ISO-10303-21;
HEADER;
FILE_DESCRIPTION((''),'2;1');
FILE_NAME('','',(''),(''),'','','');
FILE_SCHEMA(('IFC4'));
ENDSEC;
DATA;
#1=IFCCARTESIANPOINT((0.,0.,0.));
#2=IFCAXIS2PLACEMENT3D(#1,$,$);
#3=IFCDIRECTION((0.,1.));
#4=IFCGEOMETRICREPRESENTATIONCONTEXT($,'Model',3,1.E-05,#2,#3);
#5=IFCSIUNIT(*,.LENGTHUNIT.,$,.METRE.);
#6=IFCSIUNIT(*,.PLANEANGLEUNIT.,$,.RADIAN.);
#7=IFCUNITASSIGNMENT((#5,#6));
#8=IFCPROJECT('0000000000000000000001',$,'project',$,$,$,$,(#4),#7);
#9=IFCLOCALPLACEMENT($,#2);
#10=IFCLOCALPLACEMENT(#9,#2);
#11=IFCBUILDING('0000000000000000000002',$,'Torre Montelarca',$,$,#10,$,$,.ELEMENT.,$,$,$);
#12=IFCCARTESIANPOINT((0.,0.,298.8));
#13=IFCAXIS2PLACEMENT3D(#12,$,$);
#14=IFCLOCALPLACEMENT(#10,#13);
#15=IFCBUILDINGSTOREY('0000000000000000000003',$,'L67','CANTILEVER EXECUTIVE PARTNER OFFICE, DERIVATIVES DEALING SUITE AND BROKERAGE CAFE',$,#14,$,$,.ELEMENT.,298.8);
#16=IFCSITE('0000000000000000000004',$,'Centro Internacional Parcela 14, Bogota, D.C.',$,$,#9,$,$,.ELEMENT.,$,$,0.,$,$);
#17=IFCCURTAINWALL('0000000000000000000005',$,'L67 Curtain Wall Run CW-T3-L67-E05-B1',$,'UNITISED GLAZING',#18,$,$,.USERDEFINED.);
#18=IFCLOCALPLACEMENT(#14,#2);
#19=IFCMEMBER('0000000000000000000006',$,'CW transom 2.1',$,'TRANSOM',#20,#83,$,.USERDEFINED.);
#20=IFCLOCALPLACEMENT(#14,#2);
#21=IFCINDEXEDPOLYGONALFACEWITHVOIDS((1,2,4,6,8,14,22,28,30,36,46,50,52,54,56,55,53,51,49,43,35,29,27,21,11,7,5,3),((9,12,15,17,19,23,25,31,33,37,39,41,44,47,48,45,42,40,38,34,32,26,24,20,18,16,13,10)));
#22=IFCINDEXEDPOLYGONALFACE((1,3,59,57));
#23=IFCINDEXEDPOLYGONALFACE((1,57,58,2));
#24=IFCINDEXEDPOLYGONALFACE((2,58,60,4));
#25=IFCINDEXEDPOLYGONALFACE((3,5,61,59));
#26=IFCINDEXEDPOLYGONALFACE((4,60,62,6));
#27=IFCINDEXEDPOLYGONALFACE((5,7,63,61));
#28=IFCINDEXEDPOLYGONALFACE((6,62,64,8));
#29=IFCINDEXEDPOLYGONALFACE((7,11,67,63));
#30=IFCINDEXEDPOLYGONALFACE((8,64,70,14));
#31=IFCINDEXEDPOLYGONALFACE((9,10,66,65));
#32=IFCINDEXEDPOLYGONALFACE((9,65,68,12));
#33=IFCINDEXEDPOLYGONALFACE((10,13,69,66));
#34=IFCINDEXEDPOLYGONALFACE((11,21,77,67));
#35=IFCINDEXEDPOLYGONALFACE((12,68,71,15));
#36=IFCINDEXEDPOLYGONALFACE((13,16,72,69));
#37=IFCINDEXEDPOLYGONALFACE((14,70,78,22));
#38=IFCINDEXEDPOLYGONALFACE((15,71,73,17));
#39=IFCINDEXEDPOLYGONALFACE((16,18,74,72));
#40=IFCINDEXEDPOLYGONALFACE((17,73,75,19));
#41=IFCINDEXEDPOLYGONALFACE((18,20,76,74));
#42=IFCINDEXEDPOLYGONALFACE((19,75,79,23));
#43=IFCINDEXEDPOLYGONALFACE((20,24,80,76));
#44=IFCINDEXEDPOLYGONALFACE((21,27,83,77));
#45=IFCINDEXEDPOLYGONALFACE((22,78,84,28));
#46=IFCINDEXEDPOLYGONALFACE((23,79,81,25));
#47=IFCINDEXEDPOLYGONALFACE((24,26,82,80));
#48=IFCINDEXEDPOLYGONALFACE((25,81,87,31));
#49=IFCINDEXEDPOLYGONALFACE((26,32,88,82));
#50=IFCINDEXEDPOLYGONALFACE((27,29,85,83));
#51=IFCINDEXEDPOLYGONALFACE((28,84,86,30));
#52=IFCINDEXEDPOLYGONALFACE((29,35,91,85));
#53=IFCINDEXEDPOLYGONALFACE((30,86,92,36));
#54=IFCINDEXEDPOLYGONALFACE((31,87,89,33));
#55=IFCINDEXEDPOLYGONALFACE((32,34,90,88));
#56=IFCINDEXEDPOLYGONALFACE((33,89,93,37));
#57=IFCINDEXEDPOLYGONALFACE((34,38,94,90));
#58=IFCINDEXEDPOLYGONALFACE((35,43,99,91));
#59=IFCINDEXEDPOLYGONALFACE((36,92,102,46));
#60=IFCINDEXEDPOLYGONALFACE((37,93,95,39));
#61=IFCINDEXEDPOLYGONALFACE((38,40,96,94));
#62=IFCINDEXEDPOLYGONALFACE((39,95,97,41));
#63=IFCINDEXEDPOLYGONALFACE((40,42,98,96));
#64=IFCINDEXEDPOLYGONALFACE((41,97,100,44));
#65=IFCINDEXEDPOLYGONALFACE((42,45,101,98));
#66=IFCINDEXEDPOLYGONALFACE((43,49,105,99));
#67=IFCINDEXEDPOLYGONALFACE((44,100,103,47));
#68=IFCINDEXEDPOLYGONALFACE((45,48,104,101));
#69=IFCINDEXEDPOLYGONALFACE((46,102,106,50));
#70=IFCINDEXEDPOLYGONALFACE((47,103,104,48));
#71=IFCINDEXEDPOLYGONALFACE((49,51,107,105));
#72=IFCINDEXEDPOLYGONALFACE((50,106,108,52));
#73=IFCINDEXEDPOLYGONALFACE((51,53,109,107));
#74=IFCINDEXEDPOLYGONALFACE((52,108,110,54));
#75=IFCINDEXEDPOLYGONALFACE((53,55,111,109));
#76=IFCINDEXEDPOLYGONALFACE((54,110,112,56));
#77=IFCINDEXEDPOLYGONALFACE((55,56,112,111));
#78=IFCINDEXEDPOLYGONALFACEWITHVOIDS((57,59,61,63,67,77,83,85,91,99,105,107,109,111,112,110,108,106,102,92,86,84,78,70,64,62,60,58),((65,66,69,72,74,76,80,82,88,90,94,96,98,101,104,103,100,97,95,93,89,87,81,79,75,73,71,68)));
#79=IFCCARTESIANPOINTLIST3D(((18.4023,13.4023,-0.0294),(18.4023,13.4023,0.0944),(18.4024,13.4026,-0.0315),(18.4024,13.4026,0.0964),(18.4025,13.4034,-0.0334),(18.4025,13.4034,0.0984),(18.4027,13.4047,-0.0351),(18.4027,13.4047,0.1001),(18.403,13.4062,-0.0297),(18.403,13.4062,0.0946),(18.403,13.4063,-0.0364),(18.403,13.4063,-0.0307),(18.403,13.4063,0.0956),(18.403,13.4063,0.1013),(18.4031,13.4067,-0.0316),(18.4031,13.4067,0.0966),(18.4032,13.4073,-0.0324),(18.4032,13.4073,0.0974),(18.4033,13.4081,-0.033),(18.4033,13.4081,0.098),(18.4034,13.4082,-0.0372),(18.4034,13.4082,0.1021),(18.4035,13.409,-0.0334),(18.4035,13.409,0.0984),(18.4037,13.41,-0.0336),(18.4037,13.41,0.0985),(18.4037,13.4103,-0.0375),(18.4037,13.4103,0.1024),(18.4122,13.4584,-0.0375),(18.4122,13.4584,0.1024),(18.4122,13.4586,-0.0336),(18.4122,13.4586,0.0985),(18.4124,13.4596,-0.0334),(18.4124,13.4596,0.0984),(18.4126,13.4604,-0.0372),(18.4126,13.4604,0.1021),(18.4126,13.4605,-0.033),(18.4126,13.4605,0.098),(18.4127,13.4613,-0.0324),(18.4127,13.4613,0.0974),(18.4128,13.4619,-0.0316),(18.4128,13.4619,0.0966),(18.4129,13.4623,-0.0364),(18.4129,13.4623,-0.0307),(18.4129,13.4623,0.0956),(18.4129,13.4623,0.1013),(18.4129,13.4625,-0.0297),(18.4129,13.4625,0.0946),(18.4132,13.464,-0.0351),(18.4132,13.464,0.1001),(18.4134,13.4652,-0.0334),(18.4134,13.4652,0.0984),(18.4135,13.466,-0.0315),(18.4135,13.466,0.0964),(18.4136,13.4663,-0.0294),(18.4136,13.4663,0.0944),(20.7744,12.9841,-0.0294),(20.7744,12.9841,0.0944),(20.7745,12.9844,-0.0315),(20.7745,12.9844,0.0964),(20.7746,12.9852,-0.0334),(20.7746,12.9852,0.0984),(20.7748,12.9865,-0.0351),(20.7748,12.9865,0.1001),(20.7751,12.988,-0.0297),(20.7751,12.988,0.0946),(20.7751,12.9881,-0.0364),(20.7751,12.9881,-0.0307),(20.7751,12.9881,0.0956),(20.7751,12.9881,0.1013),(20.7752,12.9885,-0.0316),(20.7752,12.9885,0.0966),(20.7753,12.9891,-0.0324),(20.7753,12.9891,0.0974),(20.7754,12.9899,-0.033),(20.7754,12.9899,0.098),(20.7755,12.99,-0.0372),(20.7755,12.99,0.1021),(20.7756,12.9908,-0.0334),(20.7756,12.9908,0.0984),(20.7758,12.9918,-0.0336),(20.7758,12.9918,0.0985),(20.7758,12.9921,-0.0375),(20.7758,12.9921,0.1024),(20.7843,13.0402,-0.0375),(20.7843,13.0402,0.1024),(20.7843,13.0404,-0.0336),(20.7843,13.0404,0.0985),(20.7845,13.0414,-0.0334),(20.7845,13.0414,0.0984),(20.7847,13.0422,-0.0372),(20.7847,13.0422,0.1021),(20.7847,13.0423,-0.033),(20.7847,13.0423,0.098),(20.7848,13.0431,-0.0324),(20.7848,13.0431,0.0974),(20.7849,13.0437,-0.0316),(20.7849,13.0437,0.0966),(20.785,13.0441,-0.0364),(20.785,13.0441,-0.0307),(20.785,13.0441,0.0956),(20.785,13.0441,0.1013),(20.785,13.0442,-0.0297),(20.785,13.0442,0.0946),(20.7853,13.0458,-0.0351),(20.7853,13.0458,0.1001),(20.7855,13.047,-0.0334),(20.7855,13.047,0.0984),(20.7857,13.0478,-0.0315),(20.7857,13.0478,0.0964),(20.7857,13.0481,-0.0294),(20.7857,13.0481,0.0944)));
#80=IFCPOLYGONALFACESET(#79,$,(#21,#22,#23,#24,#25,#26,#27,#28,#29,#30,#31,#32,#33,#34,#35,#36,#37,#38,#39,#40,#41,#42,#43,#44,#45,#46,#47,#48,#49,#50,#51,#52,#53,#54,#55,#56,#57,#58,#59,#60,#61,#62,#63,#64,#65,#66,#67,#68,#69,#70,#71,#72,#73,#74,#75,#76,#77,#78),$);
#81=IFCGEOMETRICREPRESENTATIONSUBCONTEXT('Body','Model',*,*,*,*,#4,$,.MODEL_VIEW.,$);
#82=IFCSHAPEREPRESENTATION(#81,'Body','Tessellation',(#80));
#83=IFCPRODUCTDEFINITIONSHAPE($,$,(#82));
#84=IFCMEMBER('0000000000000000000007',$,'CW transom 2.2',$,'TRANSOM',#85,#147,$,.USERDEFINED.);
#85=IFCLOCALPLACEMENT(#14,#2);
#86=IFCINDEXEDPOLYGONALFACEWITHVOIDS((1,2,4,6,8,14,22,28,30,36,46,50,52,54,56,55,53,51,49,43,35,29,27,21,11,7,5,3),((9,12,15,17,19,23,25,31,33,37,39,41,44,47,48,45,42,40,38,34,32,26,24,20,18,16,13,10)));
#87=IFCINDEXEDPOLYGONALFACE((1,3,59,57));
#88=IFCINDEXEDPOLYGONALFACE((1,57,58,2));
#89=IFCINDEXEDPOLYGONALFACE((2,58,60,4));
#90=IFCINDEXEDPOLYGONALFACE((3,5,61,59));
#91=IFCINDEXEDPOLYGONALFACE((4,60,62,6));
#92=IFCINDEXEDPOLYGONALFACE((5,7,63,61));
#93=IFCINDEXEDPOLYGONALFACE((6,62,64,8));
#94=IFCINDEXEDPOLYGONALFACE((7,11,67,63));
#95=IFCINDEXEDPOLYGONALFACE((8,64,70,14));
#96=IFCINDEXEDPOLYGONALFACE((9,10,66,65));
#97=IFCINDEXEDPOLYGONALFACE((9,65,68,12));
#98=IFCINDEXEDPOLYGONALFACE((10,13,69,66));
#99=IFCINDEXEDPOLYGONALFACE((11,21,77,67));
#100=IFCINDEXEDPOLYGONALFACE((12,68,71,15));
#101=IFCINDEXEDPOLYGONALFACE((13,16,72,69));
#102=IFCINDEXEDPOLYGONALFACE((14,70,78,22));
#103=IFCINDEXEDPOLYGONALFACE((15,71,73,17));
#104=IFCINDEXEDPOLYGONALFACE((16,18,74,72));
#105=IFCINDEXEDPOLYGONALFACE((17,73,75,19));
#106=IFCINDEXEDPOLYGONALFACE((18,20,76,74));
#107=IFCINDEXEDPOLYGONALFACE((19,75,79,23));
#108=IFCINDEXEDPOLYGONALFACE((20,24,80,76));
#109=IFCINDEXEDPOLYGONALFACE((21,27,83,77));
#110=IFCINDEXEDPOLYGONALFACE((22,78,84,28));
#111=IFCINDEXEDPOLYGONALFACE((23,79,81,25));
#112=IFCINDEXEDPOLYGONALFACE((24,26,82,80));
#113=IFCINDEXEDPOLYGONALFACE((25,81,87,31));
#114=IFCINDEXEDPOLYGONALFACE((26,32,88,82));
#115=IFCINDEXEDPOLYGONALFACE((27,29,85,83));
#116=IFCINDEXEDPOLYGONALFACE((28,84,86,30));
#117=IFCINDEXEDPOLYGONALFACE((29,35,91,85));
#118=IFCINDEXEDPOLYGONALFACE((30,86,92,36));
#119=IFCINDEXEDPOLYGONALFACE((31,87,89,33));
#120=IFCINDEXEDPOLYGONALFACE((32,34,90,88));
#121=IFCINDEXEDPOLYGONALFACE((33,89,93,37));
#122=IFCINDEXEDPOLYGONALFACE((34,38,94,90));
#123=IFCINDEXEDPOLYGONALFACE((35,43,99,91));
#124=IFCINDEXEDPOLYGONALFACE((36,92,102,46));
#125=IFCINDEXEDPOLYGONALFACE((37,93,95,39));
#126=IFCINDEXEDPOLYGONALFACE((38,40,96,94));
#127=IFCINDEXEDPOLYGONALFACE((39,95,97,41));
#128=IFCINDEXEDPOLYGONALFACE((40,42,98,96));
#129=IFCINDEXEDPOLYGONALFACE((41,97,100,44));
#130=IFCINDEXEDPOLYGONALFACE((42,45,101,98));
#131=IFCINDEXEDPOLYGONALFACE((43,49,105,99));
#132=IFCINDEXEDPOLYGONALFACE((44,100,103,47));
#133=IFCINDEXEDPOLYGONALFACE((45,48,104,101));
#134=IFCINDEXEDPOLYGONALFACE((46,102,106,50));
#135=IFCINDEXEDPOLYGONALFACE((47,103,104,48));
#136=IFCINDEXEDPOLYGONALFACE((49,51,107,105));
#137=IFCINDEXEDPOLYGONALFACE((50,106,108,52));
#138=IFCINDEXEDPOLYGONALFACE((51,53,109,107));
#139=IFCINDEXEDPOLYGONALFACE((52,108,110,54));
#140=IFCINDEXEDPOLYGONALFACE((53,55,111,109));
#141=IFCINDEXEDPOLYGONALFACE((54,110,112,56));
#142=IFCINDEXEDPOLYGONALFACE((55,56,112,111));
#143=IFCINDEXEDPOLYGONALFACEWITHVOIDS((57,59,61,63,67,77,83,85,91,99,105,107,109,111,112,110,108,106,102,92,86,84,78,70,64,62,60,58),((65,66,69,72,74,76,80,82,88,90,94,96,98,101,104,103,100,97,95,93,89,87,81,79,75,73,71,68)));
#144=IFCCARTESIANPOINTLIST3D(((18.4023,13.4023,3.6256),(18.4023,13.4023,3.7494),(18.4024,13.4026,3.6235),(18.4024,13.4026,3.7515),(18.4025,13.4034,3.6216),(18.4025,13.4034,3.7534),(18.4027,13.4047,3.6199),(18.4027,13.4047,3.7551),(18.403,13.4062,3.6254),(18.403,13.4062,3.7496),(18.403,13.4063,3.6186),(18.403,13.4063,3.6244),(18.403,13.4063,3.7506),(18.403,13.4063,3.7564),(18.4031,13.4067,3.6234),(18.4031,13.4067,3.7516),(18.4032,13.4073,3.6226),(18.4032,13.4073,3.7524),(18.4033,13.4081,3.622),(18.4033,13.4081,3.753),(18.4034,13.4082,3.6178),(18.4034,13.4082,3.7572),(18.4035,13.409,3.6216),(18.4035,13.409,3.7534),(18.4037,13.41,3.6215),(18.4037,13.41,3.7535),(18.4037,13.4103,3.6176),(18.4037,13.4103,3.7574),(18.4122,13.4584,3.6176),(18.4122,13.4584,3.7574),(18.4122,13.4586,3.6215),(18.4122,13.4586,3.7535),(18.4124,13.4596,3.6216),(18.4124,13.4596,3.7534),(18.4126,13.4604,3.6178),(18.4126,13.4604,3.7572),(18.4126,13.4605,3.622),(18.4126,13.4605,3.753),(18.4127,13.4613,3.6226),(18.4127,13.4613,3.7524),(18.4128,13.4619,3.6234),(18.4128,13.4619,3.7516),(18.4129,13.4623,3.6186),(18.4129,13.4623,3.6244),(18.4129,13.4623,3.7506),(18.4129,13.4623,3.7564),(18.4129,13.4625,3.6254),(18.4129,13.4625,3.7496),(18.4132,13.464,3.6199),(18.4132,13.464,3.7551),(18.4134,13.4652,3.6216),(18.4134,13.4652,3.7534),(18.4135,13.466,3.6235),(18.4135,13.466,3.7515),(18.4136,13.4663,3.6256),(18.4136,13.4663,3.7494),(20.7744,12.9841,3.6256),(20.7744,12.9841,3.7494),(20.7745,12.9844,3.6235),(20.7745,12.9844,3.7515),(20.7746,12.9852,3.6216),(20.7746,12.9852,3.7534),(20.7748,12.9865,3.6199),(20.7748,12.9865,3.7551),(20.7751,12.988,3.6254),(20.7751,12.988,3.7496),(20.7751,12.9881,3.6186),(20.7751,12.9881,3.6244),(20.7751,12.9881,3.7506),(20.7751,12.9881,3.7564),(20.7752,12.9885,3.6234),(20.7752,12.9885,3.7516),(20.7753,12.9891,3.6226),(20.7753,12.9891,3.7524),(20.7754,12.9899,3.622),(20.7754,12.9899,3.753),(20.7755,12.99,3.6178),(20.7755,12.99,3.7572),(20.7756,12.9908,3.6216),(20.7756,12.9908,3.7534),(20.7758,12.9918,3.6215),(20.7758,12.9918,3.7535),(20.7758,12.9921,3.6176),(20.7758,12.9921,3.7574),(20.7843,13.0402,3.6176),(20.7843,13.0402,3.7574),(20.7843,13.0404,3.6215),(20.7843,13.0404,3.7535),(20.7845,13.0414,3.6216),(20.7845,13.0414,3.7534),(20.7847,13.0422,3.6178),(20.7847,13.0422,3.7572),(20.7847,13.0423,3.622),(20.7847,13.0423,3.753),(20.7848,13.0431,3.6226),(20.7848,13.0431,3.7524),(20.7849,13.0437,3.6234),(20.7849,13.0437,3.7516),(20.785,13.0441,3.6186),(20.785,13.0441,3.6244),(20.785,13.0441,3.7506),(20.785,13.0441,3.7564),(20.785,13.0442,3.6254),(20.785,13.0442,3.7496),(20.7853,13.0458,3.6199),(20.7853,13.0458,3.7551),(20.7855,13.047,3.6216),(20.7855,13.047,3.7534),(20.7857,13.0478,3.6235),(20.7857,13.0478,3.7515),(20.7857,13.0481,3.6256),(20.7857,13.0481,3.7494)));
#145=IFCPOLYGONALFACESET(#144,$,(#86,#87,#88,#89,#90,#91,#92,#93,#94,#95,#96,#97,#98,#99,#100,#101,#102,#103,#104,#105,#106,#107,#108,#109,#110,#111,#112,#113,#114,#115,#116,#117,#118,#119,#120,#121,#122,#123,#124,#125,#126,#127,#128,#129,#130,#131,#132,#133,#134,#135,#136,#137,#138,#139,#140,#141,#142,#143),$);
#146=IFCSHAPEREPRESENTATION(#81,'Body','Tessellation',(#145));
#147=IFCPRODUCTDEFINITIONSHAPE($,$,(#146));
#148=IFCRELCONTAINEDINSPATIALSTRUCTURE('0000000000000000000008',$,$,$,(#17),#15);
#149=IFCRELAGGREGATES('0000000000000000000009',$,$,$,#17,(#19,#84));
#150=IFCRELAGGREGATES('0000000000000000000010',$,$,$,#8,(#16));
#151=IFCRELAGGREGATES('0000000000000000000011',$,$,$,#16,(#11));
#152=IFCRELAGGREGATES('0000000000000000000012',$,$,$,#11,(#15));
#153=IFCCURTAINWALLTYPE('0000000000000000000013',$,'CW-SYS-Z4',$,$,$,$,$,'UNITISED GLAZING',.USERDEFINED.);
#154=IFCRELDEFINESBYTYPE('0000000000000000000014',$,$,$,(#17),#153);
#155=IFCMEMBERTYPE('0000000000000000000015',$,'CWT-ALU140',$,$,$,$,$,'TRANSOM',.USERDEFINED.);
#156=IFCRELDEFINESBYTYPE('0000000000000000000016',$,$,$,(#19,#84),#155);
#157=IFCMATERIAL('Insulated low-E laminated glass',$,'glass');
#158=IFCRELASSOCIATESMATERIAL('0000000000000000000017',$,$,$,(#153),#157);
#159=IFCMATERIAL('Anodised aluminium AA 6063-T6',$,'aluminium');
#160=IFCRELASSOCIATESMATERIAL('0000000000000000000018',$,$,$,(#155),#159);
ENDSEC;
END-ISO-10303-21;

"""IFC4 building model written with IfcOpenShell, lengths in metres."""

from ifc_helpers import new_model, si_unit, direction, frame, origin, origin_2d, place, context, subcontext, project, spatial, hollow_rectangle, extrude, source, transform, mapped, material, material_profile, profile_set, type_object, element, aggregate, save


model = new_model("IFC4")

# Units and contexts
model_context = context("Model", 3, precision=1e-05, world=origin(), true_north=direction((0.0, 1.0)))
body_context = subcontext(model_context, "Body", "Model", "MODEL_VIEW")
ifc_project = project(units=[si_unit("LENGTHUNIT", "METRE"), si_unit("PLANEANGLEUNIT", "RADIAN")], contexts=[model_context])

# Site, building, storey
site_placement = place(None, origin())
site = spatial("IfcSite", under=ifc_project, at=site_placement, Name="Centro Internacional Parcela 14, Bogota, D.C.", CompositionType="ELEMENT", RefElevation=0.0)
building_placement = place(site_placement, origin())
building = spatial("IfcBuilding", under=site, at=building_placement, Name="Torre Montelarca", CompositionType="ELEMENT")
storey_placement = place(building_placement, frame((0.0, 0.0, 298.8)))
storey = spatial("IfcBuildingStorey", under=building, at=storey_placement, Name="L67", Description="CANTILEVER EXECUTIVE PARTNER OFFICE, DERIVATIVES DEALING SUITE AND BROKERAGE CAFE", CompositionType="ELEMENT", Elevation=298.8)

# Curtain wall
ifc_material_1 = material(Name="Insulated low-E laminated glass", Category="glass")
curtain_wall_type = type_object("IfcCurtainWallType", Name="CW-SYS-Z4", ElementType="UNITISED GLAZING", PredefinedType="USERDEFINED", material=ifc_material_1)
curtain_wall_1_placement = place(storey_placement, origin())
curtain_wall_1 = element("IfcCurtainWall", 1, at=curtain_wall_1_placement, inside=storey, type_object=curtain_wall_type, Name="L67 Curtain Wall Run CW-T3-L67-E05-B1", ObjectType="UNITISED GLAZING", PredefinedType="USERDEFINED")
ifc_material_2 = material(Name="Anodised aluminium AA 6063-T6", Category="aluminium")

# Members
ifc_material_profile_1 = material_profile(ifc_material_2, hollow_rectangle(XDim=0.0649, YDim=0.1399, WallThickness=0.0039, InnerFilletRadius=0.0039, OuterFilletRadius=0.0081, at=origin_2d()), Name="ALU65X140X4", Category="aluminium")
ifc_profile_set_1 = profile_set([ifc_material_profile_1], Name="Anodised aluminium AA 6063-T6")
member_type_1 = type_object("IfcMemberType", Name="CWT-ALU140", ElementType="TRANSOM", PredefinedType="USERDEFINED", material=ifc_profile_set_1)
shared_shape_1 = source(origin(), body_context, "Body", "SweptSolid", [
    extrude(hollow_rectangle(XDim=0.0649, YDim=0.1399, WallThickness=0.0039, InnerFilletRadius=0.0039, OuterFilletRadius=0.0081, at=origin_2d()), origin(), (0.0, 0.0, 1.0), 2.4087),
])
member_1_placement = place(storey_placement, frame((18.408, 13.4343, 0.0325), z_axis=(0.984811, -0.173629, 0.0), x_axis=(0.173629, 0.984811, 0.0)))
member_1 = element("IfcMember", 2, at=member_1_placement, type_object=member_type_1, Name="CW transom 2.1", ObjectType="TRANSOM", PredefinedType="USERDEFINED", context=body_context, shape_type="MappedRepresentation", body=[
    mapped(shared_shape_1, transform((0.0, 0.0, 0.0), scale=1.0)),
])
member_2_placement = place(storey_placement, frame((18.408, 13.4343, 3.6875), z_axis=(0.984811, -0.173629, 0.0), x_axis=(0.173629, 0.984811, 0.0)))
member_2 = element("IfcMember", 3, at=member_2_placement, type_object=member_type_1, Name="CW transom 2.2", ObjectType="TRANSOM", PredefinedType="USERDEFINED", context=body_context, shape_type="MappedRepresentation", body=[
    mapped(shared_shape_1, transform((0.0, 0.0, 0.0), scale=1.0)),
])

aggregate(curtain_wall_1, [member_1, member_2])

save(model, "model.ifc")
